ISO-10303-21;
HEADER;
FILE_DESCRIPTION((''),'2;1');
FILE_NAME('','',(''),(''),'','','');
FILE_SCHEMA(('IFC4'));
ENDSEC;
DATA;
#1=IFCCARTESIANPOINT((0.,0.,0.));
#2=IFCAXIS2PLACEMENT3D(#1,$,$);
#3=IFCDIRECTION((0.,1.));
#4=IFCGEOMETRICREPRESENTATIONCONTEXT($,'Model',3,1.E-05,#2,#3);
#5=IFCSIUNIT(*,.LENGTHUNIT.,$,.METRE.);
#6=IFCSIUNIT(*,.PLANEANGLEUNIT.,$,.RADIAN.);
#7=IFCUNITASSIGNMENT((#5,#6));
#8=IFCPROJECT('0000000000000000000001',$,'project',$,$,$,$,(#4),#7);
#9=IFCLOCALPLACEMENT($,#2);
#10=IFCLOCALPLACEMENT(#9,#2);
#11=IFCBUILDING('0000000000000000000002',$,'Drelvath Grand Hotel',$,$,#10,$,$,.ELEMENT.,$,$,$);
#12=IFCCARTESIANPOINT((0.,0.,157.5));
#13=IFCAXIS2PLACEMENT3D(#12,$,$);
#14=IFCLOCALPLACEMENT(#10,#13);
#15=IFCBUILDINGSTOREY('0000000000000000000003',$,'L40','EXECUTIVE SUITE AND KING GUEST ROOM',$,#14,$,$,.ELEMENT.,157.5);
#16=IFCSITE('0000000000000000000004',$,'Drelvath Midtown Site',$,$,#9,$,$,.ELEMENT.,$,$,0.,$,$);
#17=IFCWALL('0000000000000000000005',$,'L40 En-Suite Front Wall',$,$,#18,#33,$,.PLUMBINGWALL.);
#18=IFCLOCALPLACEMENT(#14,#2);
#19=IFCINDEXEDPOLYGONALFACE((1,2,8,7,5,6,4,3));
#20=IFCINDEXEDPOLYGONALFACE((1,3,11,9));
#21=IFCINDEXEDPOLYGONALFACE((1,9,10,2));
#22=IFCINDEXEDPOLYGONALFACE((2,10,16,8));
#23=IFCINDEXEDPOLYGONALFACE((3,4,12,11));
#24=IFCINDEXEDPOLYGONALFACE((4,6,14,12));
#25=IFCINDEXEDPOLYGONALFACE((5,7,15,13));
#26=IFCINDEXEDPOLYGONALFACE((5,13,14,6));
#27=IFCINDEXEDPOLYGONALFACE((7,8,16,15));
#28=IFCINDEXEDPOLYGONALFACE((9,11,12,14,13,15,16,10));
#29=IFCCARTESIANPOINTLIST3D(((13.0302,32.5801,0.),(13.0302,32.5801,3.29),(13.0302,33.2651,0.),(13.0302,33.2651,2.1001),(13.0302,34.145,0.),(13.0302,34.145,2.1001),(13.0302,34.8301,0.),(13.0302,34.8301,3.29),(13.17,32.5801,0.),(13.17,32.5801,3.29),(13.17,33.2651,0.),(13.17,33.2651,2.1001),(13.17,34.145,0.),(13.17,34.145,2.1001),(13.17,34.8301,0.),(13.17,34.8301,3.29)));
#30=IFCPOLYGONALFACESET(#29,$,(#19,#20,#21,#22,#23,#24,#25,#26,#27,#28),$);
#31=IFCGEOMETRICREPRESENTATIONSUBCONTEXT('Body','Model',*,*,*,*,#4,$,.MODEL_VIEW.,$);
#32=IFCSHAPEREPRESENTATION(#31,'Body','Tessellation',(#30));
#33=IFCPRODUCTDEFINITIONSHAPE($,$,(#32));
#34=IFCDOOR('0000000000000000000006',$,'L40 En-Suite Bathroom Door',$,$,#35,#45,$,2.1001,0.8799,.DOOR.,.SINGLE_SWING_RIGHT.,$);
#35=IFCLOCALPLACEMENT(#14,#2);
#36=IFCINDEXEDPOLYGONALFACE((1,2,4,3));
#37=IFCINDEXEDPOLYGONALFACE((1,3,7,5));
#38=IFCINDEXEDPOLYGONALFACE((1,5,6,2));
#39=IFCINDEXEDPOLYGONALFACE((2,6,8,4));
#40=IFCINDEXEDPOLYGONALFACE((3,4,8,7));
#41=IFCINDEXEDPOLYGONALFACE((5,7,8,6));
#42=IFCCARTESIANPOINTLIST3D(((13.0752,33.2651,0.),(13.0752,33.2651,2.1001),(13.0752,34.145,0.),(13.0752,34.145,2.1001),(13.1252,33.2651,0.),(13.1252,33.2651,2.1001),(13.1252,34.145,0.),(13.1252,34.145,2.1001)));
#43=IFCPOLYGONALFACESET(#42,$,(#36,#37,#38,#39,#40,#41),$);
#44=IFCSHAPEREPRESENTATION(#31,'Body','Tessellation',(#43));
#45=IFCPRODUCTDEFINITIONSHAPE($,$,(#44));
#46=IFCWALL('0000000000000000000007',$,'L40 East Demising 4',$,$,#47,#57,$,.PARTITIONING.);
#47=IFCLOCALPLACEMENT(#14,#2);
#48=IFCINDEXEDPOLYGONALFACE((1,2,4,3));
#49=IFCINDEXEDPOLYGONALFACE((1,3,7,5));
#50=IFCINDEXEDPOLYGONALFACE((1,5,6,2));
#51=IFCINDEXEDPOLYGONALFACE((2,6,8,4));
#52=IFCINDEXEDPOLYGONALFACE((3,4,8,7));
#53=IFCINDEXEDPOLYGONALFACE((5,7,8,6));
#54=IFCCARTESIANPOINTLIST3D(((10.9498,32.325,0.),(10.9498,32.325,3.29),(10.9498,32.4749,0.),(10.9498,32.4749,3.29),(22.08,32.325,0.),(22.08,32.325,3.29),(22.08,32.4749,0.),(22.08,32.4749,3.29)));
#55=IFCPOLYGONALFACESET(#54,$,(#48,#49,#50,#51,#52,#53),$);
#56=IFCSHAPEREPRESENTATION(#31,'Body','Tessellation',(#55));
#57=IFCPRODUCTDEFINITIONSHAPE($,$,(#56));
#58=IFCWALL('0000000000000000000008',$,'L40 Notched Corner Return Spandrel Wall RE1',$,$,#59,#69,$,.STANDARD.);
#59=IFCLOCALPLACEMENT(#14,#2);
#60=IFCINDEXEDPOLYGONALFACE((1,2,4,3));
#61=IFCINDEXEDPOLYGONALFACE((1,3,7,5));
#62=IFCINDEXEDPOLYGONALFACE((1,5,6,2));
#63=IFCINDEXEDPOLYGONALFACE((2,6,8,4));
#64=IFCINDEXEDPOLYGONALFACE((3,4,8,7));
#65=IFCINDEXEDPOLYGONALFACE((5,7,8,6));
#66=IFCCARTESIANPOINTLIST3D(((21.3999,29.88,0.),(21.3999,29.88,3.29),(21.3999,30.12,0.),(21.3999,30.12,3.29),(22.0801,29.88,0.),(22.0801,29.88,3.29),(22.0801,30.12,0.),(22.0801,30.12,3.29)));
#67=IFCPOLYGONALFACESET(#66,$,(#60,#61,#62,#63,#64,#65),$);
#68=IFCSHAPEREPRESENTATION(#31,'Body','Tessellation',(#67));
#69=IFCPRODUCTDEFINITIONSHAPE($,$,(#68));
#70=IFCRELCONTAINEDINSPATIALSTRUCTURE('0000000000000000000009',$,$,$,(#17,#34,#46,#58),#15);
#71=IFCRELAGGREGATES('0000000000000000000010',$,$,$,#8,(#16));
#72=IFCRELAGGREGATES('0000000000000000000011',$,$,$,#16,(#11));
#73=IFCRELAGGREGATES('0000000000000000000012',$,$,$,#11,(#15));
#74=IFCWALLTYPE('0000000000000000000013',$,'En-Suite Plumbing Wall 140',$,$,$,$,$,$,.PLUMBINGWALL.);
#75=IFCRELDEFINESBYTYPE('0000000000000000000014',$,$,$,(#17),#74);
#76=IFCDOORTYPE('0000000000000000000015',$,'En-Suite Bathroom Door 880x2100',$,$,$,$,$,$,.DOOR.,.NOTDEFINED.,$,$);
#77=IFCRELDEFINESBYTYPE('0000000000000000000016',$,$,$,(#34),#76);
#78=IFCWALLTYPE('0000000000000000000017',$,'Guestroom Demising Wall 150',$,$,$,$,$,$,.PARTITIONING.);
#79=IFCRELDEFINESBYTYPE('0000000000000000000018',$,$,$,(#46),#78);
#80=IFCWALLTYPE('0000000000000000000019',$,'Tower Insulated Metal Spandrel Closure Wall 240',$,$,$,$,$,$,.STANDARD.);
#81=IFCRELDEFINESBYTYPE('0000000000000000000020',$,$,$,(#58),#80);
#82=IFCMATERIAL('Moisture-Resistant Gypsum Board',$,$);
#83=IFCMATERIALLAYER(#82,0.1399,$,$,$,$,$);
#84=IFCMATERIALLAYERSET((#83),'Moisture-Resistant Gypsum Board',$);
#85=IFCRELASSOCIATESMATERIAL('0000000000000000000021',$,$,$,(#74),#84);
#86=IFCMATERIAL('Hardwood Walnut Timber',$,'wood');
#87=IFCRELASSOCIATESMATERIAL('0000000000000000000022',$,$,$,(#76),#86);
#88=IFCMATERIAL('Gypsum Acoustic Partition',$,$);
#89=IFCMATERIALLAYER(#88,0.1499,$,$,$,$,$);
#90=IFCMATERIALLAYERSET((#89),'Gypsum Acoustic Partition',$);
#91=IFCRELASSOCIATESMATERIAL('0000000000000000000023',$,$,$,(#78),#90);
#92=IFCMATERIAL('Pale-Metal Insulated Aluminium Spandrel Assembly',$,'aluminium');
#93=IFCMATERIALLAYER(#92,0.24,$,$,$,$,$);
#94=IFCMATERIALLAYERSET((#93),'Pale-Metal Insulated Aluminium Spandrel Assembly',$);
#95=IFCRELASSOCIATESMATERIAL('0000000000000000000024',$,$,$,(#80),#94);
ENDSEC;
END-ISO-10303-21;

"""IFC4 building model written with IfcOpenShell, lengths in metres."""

from ifc_helpers import new_model, si_unit, direction, frame, frame_2d, origin, place, context, subcontext, project, spatial, rectangle, extrude, material, layer, layer_set, type_object, element, fill, save


model = new_model("IFC4")

# Units and contexts
model_context = context("Model", 3, precision=1e-05, world=origin(), true_north=direction((0.0, 1.0)))
body_context = subcontext(model_context, "Body", "Model", "MODEL_VIEW")
ifc_project = project(units=[si_unit("LENGTHUNIT", "METRE"), si_unit("PLANEANGLEUNIT", "RADIAN")], contexts=[model_context])

# Site, building, storey
site_placement = place(None, origin())
site = spatial("IfcSite", under=ifc_project, at=site_placement, Name="Drelvath Midtown Site", CompositionType="ELEMENT", RefElevation=0.0)
building_placement = place(site_placement, origin())
building = spatial("IfcBuilding", under=site, at=building_placement, Name="Drelvath Grand Hotel", CompositionType="ELEMENT")
storey_placement = place(building_placement, frame((0.0, 0.0, 157.5)))
storey = spatial("IfcBuildingStorey", under=building, at=storey_placement, Name="L40", Description="EXECUTIVE SUITE AND KING GUEST ROOM", CompositionType="ELEMENT", Elevation=157.5)

# Shared definitions
ifc_material_1 = material(Name="Moisture-Resistant Gypsum Board")
ifc_layer_1 = layer(ifc_material_1, 0.1399)
ifc_layer_set_1 = layer_set([ifc_layer_1], Name="Moisture-Resistant Gypsum Board")
wall_type_1 = type_object("IfcWallType", Name="En-Suite Plumbing Wall 140", PredefinedType="PLUMBINGWALL", material=ifc_layer_set_1)

# Shared definitions
ifc_material_2 = material(Name="Hardwood Walnut Timber", Category="wood")
door_type = type_object("IfcDoorType", Name="En-Suite Bathroom Door 880x2100", OperationType="NOTDEFINED", PredefinedType="DOOR", material=ifc_material_2)

# Wall, opening, door
wall_1_placement = place(storey_placement, frame((13.1001, 32.5801, 0.0), z_axis=(0.0, 0.0, 1.0), x_axis=(0.0, 1.0, 0.0)))
wall_1 = element("IfcWall", 1, at=wall_1_placement, inside=storey, type_object=wall_type_1, Name="L40 En-Suite Front Wall", PredefinedType="PLUMBINGWALL", context=body_context, shape_type="SweptSolid", body=[
    extrude(rectangle(XDim=2.25, YDim=0.1399, at=frame_2d((1.125, 0.0))), origin(), (0.0, 0.0, 1.0), 3.29),
])
opening_1_placement = place(wall_1_placement, frame((0.6851, 0.0, 0.0)))
opening_1 = element("IfcOpeningElement", 2, at=opening_1_placement, cuts=wall_1, PredefinedType="OPENING", context=body_context, shape_type="SweptSolid", body=[
    extrude(rectangle(XDim=0.8799, YDim=2.1001, at=frame_2d((0.4399, 1.05))), frame((0.0, 0.0798, 0.0), z_axis=(0.0, -1.0, 0.0), x_axis=(1.0, 0.0, 0.0)), (0.0, 0.0, 1.0), 0.1599),
])
door_1_placement = place(opening_1_placement, origin())
door_1 = element("IfcDoor", 3, at=door_1_placement, inside=storey, type_object=door_type, Name="L40 En-Suite Bathroom Door", OperationType="SINGLE_SWING_RIGHT", OverallHeight=2.1001, OverallWidth=0.8799, PredefinedType="DOOR", context=body_context, shape_type="SweptSolid", body=[
    extrude(rectangle(XDim=0.8799, YDim=2.1001, at=frame_2d((0.4399, 1.05))), frame((0.0, 0.0249, 0.0), z_axis=(0.0, -1.0, 0.0), x_axis=(1.0, 0.0, 0.0)), (0.0, 0.0, 1.0), 0.05),
])
fill(opening_1, door_1)

# Walls
ifc_material_3 = material(Name="Gypsum Acoustic Partition")
ifc_layer_2 = layer(ifc_material_3, 0.1499)
ifc_layer_set_2 = layer_set([ifc_layer_2], Name="Gypsum Acoustic Partition")
wall_type_2 = type_object("IfcWallType", Name="Guestroom Demising Wall 150", PredefinedType="PARTITIONING", material=ifc_layer_set_2)
wall_2_placement = place(storey_placement, frame((10.95, 32.3999, 0.0), z_axis=(0.0, 0.0, 1.0), x_axis=(1.0, 0.0, 0.0)))
element("IfcWall", 4, at=wall_2_placement, inside=storey, type_object=wall_type_2, Name="L40 East Demising 4", PredefinedType="PARTITIONING", context=body_context, shape_type="SweptSolid", body=[
    extrude(rectangle(XDim=11.1301, YDim=0.1499, at=frame_2d((5.5649, 0.0))), origin(), (0.0, 0.0, 1.0), 3.29),
])
ifc_material_4 = material(Name="Pale-Metal Insulated Aluminium Spandrel Assembly", Category="aluminium")
ifc_layer_3 = layer(ifc_material_4, 0.24)
ifc_layer_set_3 = layer_set([ifc_layer_3], Name="Pale-Metal Insulated Aluminium Spandrel Assembly")
wall_type_3 = type_object("IfcWallType", Name="Tower Insulated Metal Spandrel Closure Wall 240", PredefinedType="STANDARD", material=ifc_layer_set_3)
wall_3_placement = place(storey_placement, frame((22.0801, 30.0, 0.0), z_axis=(0.0, 0.0, 1.0), x_axis=(-1.0, 0.0, 0.0)))
element("IfcWall", 5, at=wall_3_placement, inside=storey, type_object=wall_type_3, Name="L40 Notched Corner Return Spandrel Wall RE1", PredefinedType="STANDARD", context=body_context, shape_type="SweptSolid", body=[
    extrude(rectangle(XDim=0.6802, YDim=0.24, at=frame_2d((0.3401, 0.0))), origin(), (0.0, 0.0, 1.0), 3.29),
])

save(model, "model.ifc")
